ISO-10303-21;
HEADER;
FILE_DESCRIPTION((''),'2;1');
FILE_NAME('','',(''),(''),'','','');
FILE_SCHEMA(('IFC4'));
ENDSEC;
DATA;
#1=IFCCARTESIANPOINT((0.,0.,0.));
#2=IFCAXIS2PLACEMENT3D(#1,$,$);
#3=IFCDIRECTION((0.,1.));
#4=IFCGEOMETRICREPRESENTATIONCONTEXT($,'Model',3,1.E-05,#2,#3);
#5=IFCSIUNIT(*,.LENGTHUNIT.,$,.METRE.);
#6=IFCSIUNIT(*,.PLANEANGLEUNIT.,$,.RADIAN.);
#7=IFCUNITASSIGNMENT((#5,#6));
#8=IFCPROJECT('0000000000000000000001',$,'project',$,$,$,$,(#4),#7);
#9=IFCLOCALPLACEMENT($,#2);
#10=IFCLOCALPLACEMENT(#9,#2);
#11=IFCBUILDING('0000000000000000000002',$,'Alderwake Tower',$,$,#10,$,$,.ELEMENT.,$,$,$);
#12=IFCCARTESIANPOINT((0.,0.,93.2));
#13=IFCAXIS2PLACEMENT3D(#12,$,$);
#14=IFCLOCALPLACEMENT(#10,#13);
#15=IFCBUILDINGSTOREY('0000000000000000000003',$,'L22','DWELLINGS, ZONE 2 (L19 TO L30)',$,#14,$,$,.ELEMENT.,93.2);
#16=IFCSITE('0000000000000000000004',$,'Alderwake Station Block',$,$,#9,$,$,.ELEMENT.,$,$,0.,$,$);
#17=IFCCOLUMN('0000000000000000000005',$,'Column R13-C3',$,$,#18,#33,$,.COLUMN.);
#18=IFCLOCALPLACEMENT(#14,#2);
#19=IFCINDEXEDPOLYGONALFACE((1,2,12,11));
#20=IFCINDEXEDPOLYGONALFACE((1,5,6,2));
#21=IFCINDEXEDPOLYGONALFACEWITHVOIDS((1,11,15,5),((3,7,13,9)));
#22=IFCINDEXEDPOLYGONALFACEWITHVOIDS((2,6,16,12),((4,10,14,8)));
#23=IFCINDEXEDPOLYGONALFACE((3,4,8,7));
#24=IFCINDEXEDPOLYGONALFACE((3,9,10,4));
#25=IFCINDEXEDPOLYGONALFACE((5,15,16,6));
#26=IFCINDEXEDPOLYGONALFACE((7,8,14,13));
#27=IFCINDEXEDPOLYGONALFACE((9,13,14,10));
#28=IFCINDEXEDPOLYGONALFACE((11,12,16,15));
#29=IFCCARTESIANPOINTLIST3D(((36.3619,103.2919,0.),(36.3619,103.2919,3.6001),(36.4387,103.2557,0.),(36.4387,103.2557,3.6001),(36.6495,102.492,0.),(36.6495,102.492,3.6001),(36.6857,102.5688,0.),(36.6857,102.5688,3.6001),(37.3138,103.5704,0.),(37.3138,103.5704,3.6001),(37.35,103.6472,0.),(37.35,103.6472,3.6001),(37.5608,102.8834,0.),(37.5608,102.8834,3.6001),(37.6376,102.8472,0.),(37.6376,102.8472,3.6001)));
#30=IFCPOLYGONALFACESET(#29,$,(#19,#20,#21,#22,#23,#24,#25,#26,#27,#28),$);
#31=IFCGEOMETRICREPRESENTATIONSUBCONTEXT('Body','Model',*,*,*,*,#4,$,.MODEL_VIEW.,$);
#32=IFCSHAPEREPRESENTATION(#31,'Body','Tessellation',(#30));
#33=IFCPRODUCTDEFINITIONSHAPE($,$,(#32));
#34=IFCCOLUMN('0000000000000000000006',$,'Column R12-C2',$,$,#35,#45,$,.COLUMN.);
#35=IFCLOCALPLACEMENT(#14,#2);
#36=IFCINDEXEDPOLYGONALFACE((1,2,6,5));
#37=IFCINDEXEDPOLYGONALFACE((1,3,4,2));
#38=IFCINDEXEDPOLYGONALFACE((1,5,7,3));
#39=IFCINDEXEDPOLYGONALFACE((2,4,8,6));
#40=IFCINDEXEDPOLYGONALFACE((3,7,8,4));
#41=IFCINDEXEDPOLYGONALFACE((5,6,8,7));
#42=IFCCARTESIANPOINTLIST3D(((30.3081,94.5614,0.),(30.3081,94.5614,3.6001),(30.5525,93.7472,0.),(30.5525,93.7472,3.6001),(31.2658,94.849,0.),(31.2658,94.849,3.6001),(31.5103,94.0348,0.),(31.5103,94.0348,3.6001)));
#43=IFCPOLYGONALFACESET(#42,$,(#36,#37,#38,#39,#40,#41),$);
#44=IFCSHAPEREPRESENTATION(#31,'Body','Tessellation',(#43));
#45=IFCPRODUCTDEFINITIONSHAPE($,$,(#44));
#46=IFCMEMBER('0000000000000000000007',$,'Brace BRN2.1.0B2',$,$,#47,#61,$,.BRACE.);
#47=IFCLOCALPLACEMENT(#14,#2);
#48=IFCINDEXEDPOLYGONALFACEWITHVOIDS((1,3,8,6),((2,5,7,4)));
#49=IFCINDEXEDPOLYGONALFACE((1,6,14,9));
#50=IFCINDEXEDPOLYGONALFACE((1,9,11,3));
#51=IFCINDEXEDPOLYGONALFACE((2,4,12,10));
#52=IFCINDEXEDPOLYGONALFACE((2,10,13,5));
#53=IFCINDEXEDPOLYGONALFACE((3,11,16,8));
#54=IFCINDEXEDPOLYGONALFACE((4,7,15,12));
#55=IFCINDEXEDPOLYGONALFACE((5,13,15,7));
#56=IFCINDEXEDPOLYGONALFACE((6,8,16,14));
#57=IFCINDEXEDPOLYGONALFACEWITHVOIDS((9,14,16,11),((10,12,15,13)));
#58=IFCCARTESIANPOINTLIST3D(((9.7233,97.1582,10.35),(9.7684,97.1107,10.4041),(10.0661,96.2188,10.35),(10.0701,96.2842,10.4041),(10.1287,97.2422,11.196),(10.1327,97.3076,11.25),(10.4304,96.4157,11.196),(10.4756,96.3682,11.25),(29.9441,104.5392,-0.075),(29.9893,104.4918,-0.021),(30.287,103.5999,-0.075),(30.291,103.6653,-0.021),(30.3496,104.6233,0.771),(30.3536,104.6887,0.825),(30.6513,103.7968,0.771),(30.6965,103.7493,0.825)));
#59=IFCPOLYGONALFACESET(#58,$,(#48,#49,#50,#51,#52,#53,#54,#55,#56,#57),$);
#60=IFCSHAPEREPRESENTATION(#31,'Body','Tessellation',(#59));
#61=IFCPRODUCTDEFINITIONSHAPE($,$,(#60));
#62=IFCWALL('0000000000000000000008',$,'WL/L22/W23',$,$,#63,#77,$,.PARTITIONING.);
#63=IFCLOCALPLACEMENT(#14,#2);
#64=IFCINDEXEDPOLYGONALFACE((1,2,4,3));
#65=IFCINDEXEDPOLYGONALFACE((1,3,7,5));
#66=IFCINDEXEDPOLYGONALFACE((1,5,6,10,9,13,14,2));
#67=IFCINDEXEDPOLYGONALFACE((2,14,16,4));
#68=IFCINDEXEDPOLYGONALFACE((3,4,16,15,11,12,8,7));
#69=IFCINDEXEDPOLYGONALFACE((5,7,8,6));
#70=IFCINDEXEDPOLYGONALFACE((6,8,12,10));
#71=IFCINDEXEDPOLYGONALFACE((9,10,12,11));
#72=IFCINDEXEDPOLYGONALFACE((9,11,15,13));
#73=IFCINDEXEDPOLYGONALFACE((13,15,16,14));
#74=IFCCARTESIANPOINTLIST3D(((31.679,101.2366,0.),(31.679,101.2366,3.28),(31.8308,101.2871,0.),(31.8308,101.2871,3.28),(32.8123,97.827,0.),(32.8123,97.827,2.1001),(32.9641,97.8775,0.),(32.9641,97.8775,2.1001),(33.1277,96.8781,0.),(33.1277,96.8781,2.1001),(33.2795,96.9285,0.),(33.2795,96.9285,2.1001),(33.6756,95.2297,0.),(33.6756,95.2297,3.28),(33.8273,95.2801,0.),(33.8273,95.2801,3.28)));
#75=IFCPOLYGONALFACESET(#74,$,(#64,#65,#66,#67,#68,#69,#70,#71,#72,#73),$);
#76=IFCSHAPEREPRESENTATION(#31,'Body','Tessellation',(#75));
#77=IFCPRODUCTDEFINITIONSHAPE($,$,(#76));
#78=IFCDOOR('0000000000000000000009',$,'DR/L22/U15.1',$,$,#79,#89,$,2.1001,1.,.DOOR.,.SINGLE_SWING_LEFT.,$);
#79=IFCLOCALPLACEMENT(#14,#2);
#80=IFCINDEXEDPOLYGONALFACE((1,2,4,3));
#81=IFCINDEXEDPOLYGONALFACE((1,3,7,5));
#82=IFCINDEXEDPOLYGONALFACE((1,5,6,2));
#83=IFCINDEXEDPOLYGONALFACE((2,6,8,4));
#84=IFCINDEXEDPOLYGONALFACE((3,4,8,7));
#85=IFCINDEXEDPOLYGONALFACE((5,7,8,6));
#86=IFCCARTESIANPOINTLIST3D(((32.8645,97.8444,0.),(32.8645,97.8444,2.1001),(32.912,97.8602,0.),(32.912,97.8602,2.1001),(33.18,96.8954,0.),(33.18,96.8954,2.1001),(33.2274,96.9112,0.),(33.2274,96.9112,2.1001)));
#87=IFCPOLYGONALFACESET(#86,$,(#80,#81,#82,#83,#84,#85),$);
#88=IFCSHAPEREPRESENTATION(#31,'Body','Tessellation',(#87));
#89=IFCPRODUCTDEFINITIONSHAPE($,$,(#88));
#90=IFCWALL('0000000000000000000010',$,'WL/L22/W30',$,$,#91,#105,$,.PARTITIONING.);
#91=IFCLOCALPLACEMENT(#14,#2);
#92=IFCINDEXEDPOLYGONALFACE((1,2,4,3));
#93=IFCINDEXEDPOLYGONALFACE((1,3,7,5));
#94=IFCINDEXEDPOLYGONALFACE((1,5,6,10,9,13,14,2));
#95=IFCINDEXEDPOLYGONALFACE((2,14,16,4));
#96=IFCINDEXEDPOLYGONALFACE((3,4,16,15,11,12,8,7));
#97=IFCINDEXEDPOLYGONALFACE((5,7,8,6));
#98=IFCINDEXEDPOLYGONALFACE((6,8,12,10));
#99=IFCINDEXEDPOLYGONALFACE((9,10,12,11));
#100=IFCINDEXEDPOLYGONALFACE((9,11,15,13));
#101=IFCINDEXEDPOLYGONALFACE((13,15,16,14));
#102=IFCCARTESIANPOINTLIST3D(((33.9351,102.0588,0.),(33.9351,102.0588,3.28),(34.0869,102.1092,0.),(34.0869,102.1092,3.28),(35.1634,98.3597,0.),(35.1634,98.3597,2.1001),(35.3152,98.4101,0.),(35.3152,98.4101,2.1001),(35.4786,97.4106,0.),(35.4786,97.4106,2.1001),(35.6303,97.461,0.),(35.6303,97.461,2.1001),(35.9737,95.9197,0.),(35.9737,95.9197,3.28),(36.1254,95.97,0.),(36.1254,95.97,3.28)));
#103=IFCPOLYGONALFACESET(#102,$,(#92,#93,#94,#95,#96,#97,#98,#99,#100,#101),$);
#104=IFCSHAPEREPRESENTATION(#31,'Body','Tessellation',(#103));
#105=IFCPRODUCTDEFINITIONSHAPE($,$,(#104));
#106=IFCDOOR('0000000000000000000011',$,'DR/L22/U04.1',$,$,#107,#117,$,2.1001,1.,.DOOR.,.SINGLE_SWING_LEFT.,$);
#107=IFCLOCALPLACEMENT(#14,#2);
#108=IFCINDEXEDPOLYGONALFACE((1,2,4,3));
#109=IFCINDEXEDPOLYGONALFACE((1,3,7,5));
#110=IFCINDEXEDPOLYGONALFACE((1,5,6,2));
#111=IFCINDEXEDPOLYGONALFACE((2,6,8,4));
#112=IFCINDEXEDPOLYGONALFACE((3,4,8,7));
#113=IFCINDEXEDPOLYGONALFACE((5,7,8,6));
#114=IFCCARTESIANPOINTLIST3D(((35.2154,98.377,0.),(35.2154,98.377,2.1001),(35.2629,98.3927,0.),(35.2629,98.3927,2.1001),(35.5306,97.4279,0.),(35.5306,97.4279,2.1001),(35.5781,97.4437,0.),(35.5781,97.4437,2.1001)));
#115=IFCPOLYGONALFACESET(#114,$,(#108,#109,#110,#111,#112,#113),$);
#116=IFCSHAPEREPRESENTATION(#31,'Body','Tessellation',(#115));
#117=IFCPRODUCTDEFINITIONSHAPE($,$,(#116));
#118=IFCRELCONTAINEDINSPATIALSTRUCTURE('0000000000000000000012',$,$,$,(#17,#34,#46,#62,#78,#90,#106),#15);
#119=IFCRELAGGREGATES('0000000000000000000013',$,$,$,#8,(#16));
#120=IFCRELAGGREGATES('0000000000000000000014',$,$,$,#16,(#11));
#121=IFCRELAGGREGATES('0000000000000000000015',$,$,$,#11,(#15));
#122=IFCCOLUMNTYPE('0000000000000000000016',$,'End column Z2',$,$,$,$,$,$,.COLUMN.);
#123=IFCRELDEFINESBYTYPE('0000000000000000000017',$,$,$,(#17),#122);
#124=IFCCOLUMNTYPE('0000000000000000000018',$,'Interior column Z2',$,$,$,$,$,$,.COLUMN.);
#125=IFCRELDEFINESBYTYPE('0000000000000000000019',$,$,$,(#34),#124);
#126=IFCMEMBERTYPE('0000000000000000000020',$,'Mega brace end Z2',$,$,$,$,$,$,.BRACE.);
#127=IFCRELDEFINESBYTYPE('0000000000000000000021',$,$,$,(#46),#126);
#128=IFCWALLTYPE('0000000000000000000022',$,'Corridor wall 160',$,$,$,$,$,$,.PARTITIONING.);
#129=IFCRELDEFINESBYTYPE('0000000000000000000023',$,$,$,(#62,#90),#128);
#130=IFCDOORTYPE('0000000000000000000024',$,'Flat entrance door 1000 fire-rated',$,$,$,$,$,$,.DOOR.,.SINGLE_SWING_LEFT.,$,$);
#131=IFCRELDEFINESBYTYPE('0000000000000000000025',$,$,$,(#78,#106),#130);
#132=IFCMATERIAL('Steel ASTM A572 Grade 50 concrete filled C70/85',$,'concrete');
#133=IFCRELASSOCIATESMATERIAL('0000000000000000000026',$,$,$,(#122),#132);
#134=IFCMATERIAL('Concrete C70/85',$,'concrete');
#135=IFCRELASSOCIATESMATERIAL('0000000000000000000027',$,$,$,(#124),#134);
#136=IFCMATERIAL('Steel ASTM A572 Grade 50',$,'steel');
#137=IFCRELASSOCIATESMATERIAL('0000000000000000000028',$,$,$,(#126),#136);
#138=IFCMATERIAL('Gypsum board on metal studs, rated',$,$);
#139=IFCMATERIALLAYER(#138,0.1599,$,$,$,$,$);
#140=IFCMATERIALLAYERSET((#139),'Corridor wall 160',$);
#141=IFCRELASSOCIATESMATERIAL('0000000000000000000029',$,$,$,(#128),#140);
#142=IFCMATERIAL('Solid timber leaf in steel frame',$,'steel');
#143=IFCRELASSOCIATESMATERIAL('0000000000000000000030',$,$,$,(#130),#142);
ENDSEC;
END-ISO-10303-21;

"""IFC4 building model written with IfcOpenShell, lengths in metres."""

from ifc_helpers import new_model, si_unit, direction, frame, frame_2d, origin, origin_2d, place, context, subcontext, project, spatial, rectangle, hollow_rectangle, extrude, material, layer, layer_set, material_profile, profile_set, type_object, element, fill, save


model = new_model("IFC4")

# Units and contexts
model_context = context("Model", 3, precision=1e-05, world=origin(), true_north=direction((0.0, 1.0)))
body_context = subcontext(model_context, "Body", "Model", "MODEL_VIEW")
ifc_project = project(units=[si_unit("LENGTHUNIT", "METRE"), si_unit("PLANEANGLEUNIT", "RADIAN")], contexts=[model_context])

# Site, building, storey
site_placement = place(None, origin())
site = spatial("IfcSite", under=ifc_project, at=site_placement, Name="Alderwake Station Block", CompositionType="ELEMENT", RefElevation=0.0)
building_placement = place(site_placement, origin())
building = spatial("IfcBuilding", under=site, at=building_placement, Name="Alderwake Tower", CompositionType="ELEMENT")
storey_placement = place(building_placement, frame((0.0, 0.0, 93.2)))
storey = spatial("IfcBuildingStorey", under=building, at=storey_placement, Name="L22", Description="DWELLINGS, ZONE 2 (L19 TO L30)", CompositionType="ELEMENT", Elevation=93.2)

# Columns
ifc_material_1 = material(Name="Steel ASTM A572 Grade 50 concrete filled C70/85", Category="concrete")
ifc_material_profile_1 = material_profile(ifc_material_1, hollow_rectangle(XDim=0.8501, YDim=1.05, WallThickness=0.0601, at=origin_2d()), Name="BOX 1050X850X60")
ifc_profile_set_1 = profile_set([ifc_material_profile_1], Name="Steel ASTM A572 Grade 50 concrete filled C70/85")
column_type_1 = type_object("IfcColumnType", Name="End column Z2", PredefinedType="COLUMN", material=ifc_profile_set_1)
column_1_placement = place(storey_placement, frame((36.9998, 103.0696, 0.0), z_axis=(0.0, 0.0, 1.0), x_axis=(-0.33836, 0.941017, 0.0)))
element("IfcColumn", 1, at=column_1_placement, inside=storey, type_object=column_type_1, Name="Column R13-C3", PredefinedType="COLUMN", context=body_context, shape_type="SweptSolid", body=[
    extrude(hollow_rectangle(XDim=0.8501, YDim=1.05, WallThickness=0.0601, at=origin_2d()), origin(), (0.0, 0.0, 1.0), 3.6001),
])
ifc_material_2 = material(Name="Concrete C70/85", Category="concrete")
ifc_material_profile_2 = material_profile(ifc_material_2, rectangle(XDim=0.8501, YDim=1.0, at=origin_2d()), Name="RC 1000X850")
ifc_profile_set_2 = profile_set([ifc_material_profile_2], Name="Concrete C70/85")
column_type_2 = type_object("IfcColumnType", Name="Interior column Z2", PredefinedType="COLUMN", material=ifc_profile_set_2)
column_2_placement = place(storey_placement, frame((30.9092, 94.2981, 0.0), z_axis=(0.0, 0.0, 1.0), x_axis=(-0.287549, 0.957766, 0.0)))
element("IfcColumn", 2, at=column_2_placement, inside=storey, type_object=column_type_2, Name="Column R12-C2", PredefinedType="COLUMN", context=body_context, shape_type="SweptSolid", body=[
    extrude(rectangle(XDim=0.8501, YDim=1.0, at=origin_2d()), origin(), (0.0, 0.0, 1.0), 3.6001),
])

# Member
ifc_material_3 = material(Name="Steel ASTM A572 Grade 50", Category="steel")
ifc_material_profile_3 = material_profile(ifc_material_3, hollow_rectangle(XDim=1.0, YDim=1.0, WallThickness=0.0601, at=origin_2d()), Name="BOX 1000X1000X60")
ifc_profile_set_3 = profile_set([ifc_material_profile_3], Name="Steel ASTM A572 Grade 50")
member_type = type_object("IfcMemberType", Name="Mega brace end Z2", PredefinedType="BRACE", material=ifc_profile_set_3)
member_placement = place(storey_placement, frame((30.3203, 104.1443, 0.375), z_axis=(-0.845444, -0.308606, 0.435875), x_axis=(0.342893, -0.939374, 0.0)))
element("IfcMember", 3, at=member_placement, inside=storey, type_object=member_type, Name="Brace BRN2.1.0B2", PredefinedType="BRACE", context=body_context, shape_type="SweptSolid", body=[
    extrude(hollow_rectangle(XDim=1.0, YDim=1.0, WallThickness=0.0601, at=origin_2d()), origin(), (0.0, 0.0, 1.0), 23.9175),
])

# Walls, openings, doors
ifc_material_4 = material(Name="Gypsum board on metal studs, rated")
ifc_layer_1 = layer(ifc_material_4, 0.1599)
ifc_layer_set_1 = layer_set([ifc_layer_1], Name="Corridor wall 160")
wall_type_1 = type_object("IfcWallType", Name="Corridor wall 160", PredefinedType="PARTITIONING", material=ifc_layer_set_1)
wall_1_placement = place(storey_placement, frame((33.7515, 95.2549, 0.0), z_axis=(0.0, 0.0, 1.0), x_axis=(-0.315406, 0.948957, 0.0)))
wall_1 = element("IfcWall", 4, at=wall_1_placement, inside=storey, type_object=wall_type_1, Name="WL/L22/W23", PredefinedType="PARTITIONING", context=body_context, shape_type="SweptSolid", body=[
    extrude(rectangle(XDim=6.3301, YDim=0.1599, at=frame_2d((3.165, 0.0))), origin(), (0.0, 0.0, 1.0), 3.28),
])
opening_1_placement = place(wall_1_placement, frame((1.7371, 0.0, 0.0)))
opening_1 = element("IfcOpeningElement", 5, at=opening_1_placement, cuts=wall_1, PredefinedType="OPENING", context=body_context, shape_type="SweptSolid", body=[
    extrude(rectangle(XDim=1.0, YDim=2.1001, at=frame_2d((0.5, 1.05))), frame((0.0, 0.0898, 0.0), z_axis=(0.0, -1.0, 0.0), x_axis=(1.0, 0.0, 0.0)), (0.0, 0.0, 1.0), 0.1799),
])
ifc_material_5 = material(Name="Solid timber leaf in steel frame", Category="steel")
door_type_1 = type_object("IfcDoorType", Name="Flat entrance door 1000 fire-rated", OperationType="SINGLE_SWING_LEFT", PredefinedType="DOOR", material=ifc_material_5)
door_1_placement = place(opening_1_placement, origin())
door_1 = element("IfcDoor", 6, at=door_1_placement, inside=storey, type_object=door_type_1, Name="DR/L22/U15.1", OperationType="SINGLE_SWING_LEFT", OverallHeight=2.1001, OverallWidth=1.0, PredefinedType="DOOR", context=body_context, shape_type="SweptSolid", body=[
    extrude(rectangle(XDim=1.0, YDim=2.1001, at=frame_2d((0.5, 1.05))), frame((0.0, 0.0249, 0.0), z_axis=(0.0, -1.0, 0.0), x_axis=(1.0, 0.0, 0.0)), (0.0, 0.0, 1.0), 0.05),
])
fill(opening_1, door_1)
wall_2_placement = place(storey_placement, frame((34.011, 102.084, 0.0), z_axis=(0.0, 0.0, 1.0), x_axis=(0.315141, -0.949045, 0.0)))
wall_2 = element("IfcWall", 7, at=wall_2_placement, inside=storey, type_object=wall_type_1, Name="WL/L22/W30", PredefinedType="PARTITIONING", context=body_context, shape_type="SweptSolid", body=[
    extrude(rectangle(XDim=6.4688, YDim=0.1599, at=frame_2d((3.2344, 0.0))), origin(), (0.0, 0.0, 1.0), 3.28),
])
opening_2_placement = place(wall_2_placement, frame((3.8977, 0.0, 0.0)))
opening_2 = element("IfcOpeningElement", 8, at=opening_2_placement, cuts=wall_2, PredefinedType="OPENING", context=body_context, shape_type="SweptSolid", body=[
    extrude(rectangle(XDim=1.0, YDim=2.1001, at=frame_2d((0.5, 1.05))), frame((0.0, 0.0898, 0.0), z_axis=(0.0, -1.0, 0.0), x_axis=(1.0, 0.0, 0.0)), (0.0, 0.0, 1.0), 0.1799),
])
door_2_placement = place(opening_2_placement, origin())
door_2 = element("IfcDoor", 9, at=door_2_placement, inside=storey, type_object=door_type_1, Name="DR/L22/U04.1", OperationType="SINGLE_SWING_LEFT", OverallHeight=2.1001, OverallWidth=1.0, PredefinedType="DOOR", context=body_context, shape_type="SweptSolid", body=[
    extrude(rectangle(XDim=1.0, YDim=2.1001, at=frame_2d((0.5, 1.05))), frame((0.0, 0.0249, 0.0), z_axis=(0.0, -1.0, 0.0), x_axis=(1.0, 0.0, 0.0)), (0.0, 0.0, 1.0), 0.05),
])
fill(opening_2, door_2)

save(model, "model.ifc")
